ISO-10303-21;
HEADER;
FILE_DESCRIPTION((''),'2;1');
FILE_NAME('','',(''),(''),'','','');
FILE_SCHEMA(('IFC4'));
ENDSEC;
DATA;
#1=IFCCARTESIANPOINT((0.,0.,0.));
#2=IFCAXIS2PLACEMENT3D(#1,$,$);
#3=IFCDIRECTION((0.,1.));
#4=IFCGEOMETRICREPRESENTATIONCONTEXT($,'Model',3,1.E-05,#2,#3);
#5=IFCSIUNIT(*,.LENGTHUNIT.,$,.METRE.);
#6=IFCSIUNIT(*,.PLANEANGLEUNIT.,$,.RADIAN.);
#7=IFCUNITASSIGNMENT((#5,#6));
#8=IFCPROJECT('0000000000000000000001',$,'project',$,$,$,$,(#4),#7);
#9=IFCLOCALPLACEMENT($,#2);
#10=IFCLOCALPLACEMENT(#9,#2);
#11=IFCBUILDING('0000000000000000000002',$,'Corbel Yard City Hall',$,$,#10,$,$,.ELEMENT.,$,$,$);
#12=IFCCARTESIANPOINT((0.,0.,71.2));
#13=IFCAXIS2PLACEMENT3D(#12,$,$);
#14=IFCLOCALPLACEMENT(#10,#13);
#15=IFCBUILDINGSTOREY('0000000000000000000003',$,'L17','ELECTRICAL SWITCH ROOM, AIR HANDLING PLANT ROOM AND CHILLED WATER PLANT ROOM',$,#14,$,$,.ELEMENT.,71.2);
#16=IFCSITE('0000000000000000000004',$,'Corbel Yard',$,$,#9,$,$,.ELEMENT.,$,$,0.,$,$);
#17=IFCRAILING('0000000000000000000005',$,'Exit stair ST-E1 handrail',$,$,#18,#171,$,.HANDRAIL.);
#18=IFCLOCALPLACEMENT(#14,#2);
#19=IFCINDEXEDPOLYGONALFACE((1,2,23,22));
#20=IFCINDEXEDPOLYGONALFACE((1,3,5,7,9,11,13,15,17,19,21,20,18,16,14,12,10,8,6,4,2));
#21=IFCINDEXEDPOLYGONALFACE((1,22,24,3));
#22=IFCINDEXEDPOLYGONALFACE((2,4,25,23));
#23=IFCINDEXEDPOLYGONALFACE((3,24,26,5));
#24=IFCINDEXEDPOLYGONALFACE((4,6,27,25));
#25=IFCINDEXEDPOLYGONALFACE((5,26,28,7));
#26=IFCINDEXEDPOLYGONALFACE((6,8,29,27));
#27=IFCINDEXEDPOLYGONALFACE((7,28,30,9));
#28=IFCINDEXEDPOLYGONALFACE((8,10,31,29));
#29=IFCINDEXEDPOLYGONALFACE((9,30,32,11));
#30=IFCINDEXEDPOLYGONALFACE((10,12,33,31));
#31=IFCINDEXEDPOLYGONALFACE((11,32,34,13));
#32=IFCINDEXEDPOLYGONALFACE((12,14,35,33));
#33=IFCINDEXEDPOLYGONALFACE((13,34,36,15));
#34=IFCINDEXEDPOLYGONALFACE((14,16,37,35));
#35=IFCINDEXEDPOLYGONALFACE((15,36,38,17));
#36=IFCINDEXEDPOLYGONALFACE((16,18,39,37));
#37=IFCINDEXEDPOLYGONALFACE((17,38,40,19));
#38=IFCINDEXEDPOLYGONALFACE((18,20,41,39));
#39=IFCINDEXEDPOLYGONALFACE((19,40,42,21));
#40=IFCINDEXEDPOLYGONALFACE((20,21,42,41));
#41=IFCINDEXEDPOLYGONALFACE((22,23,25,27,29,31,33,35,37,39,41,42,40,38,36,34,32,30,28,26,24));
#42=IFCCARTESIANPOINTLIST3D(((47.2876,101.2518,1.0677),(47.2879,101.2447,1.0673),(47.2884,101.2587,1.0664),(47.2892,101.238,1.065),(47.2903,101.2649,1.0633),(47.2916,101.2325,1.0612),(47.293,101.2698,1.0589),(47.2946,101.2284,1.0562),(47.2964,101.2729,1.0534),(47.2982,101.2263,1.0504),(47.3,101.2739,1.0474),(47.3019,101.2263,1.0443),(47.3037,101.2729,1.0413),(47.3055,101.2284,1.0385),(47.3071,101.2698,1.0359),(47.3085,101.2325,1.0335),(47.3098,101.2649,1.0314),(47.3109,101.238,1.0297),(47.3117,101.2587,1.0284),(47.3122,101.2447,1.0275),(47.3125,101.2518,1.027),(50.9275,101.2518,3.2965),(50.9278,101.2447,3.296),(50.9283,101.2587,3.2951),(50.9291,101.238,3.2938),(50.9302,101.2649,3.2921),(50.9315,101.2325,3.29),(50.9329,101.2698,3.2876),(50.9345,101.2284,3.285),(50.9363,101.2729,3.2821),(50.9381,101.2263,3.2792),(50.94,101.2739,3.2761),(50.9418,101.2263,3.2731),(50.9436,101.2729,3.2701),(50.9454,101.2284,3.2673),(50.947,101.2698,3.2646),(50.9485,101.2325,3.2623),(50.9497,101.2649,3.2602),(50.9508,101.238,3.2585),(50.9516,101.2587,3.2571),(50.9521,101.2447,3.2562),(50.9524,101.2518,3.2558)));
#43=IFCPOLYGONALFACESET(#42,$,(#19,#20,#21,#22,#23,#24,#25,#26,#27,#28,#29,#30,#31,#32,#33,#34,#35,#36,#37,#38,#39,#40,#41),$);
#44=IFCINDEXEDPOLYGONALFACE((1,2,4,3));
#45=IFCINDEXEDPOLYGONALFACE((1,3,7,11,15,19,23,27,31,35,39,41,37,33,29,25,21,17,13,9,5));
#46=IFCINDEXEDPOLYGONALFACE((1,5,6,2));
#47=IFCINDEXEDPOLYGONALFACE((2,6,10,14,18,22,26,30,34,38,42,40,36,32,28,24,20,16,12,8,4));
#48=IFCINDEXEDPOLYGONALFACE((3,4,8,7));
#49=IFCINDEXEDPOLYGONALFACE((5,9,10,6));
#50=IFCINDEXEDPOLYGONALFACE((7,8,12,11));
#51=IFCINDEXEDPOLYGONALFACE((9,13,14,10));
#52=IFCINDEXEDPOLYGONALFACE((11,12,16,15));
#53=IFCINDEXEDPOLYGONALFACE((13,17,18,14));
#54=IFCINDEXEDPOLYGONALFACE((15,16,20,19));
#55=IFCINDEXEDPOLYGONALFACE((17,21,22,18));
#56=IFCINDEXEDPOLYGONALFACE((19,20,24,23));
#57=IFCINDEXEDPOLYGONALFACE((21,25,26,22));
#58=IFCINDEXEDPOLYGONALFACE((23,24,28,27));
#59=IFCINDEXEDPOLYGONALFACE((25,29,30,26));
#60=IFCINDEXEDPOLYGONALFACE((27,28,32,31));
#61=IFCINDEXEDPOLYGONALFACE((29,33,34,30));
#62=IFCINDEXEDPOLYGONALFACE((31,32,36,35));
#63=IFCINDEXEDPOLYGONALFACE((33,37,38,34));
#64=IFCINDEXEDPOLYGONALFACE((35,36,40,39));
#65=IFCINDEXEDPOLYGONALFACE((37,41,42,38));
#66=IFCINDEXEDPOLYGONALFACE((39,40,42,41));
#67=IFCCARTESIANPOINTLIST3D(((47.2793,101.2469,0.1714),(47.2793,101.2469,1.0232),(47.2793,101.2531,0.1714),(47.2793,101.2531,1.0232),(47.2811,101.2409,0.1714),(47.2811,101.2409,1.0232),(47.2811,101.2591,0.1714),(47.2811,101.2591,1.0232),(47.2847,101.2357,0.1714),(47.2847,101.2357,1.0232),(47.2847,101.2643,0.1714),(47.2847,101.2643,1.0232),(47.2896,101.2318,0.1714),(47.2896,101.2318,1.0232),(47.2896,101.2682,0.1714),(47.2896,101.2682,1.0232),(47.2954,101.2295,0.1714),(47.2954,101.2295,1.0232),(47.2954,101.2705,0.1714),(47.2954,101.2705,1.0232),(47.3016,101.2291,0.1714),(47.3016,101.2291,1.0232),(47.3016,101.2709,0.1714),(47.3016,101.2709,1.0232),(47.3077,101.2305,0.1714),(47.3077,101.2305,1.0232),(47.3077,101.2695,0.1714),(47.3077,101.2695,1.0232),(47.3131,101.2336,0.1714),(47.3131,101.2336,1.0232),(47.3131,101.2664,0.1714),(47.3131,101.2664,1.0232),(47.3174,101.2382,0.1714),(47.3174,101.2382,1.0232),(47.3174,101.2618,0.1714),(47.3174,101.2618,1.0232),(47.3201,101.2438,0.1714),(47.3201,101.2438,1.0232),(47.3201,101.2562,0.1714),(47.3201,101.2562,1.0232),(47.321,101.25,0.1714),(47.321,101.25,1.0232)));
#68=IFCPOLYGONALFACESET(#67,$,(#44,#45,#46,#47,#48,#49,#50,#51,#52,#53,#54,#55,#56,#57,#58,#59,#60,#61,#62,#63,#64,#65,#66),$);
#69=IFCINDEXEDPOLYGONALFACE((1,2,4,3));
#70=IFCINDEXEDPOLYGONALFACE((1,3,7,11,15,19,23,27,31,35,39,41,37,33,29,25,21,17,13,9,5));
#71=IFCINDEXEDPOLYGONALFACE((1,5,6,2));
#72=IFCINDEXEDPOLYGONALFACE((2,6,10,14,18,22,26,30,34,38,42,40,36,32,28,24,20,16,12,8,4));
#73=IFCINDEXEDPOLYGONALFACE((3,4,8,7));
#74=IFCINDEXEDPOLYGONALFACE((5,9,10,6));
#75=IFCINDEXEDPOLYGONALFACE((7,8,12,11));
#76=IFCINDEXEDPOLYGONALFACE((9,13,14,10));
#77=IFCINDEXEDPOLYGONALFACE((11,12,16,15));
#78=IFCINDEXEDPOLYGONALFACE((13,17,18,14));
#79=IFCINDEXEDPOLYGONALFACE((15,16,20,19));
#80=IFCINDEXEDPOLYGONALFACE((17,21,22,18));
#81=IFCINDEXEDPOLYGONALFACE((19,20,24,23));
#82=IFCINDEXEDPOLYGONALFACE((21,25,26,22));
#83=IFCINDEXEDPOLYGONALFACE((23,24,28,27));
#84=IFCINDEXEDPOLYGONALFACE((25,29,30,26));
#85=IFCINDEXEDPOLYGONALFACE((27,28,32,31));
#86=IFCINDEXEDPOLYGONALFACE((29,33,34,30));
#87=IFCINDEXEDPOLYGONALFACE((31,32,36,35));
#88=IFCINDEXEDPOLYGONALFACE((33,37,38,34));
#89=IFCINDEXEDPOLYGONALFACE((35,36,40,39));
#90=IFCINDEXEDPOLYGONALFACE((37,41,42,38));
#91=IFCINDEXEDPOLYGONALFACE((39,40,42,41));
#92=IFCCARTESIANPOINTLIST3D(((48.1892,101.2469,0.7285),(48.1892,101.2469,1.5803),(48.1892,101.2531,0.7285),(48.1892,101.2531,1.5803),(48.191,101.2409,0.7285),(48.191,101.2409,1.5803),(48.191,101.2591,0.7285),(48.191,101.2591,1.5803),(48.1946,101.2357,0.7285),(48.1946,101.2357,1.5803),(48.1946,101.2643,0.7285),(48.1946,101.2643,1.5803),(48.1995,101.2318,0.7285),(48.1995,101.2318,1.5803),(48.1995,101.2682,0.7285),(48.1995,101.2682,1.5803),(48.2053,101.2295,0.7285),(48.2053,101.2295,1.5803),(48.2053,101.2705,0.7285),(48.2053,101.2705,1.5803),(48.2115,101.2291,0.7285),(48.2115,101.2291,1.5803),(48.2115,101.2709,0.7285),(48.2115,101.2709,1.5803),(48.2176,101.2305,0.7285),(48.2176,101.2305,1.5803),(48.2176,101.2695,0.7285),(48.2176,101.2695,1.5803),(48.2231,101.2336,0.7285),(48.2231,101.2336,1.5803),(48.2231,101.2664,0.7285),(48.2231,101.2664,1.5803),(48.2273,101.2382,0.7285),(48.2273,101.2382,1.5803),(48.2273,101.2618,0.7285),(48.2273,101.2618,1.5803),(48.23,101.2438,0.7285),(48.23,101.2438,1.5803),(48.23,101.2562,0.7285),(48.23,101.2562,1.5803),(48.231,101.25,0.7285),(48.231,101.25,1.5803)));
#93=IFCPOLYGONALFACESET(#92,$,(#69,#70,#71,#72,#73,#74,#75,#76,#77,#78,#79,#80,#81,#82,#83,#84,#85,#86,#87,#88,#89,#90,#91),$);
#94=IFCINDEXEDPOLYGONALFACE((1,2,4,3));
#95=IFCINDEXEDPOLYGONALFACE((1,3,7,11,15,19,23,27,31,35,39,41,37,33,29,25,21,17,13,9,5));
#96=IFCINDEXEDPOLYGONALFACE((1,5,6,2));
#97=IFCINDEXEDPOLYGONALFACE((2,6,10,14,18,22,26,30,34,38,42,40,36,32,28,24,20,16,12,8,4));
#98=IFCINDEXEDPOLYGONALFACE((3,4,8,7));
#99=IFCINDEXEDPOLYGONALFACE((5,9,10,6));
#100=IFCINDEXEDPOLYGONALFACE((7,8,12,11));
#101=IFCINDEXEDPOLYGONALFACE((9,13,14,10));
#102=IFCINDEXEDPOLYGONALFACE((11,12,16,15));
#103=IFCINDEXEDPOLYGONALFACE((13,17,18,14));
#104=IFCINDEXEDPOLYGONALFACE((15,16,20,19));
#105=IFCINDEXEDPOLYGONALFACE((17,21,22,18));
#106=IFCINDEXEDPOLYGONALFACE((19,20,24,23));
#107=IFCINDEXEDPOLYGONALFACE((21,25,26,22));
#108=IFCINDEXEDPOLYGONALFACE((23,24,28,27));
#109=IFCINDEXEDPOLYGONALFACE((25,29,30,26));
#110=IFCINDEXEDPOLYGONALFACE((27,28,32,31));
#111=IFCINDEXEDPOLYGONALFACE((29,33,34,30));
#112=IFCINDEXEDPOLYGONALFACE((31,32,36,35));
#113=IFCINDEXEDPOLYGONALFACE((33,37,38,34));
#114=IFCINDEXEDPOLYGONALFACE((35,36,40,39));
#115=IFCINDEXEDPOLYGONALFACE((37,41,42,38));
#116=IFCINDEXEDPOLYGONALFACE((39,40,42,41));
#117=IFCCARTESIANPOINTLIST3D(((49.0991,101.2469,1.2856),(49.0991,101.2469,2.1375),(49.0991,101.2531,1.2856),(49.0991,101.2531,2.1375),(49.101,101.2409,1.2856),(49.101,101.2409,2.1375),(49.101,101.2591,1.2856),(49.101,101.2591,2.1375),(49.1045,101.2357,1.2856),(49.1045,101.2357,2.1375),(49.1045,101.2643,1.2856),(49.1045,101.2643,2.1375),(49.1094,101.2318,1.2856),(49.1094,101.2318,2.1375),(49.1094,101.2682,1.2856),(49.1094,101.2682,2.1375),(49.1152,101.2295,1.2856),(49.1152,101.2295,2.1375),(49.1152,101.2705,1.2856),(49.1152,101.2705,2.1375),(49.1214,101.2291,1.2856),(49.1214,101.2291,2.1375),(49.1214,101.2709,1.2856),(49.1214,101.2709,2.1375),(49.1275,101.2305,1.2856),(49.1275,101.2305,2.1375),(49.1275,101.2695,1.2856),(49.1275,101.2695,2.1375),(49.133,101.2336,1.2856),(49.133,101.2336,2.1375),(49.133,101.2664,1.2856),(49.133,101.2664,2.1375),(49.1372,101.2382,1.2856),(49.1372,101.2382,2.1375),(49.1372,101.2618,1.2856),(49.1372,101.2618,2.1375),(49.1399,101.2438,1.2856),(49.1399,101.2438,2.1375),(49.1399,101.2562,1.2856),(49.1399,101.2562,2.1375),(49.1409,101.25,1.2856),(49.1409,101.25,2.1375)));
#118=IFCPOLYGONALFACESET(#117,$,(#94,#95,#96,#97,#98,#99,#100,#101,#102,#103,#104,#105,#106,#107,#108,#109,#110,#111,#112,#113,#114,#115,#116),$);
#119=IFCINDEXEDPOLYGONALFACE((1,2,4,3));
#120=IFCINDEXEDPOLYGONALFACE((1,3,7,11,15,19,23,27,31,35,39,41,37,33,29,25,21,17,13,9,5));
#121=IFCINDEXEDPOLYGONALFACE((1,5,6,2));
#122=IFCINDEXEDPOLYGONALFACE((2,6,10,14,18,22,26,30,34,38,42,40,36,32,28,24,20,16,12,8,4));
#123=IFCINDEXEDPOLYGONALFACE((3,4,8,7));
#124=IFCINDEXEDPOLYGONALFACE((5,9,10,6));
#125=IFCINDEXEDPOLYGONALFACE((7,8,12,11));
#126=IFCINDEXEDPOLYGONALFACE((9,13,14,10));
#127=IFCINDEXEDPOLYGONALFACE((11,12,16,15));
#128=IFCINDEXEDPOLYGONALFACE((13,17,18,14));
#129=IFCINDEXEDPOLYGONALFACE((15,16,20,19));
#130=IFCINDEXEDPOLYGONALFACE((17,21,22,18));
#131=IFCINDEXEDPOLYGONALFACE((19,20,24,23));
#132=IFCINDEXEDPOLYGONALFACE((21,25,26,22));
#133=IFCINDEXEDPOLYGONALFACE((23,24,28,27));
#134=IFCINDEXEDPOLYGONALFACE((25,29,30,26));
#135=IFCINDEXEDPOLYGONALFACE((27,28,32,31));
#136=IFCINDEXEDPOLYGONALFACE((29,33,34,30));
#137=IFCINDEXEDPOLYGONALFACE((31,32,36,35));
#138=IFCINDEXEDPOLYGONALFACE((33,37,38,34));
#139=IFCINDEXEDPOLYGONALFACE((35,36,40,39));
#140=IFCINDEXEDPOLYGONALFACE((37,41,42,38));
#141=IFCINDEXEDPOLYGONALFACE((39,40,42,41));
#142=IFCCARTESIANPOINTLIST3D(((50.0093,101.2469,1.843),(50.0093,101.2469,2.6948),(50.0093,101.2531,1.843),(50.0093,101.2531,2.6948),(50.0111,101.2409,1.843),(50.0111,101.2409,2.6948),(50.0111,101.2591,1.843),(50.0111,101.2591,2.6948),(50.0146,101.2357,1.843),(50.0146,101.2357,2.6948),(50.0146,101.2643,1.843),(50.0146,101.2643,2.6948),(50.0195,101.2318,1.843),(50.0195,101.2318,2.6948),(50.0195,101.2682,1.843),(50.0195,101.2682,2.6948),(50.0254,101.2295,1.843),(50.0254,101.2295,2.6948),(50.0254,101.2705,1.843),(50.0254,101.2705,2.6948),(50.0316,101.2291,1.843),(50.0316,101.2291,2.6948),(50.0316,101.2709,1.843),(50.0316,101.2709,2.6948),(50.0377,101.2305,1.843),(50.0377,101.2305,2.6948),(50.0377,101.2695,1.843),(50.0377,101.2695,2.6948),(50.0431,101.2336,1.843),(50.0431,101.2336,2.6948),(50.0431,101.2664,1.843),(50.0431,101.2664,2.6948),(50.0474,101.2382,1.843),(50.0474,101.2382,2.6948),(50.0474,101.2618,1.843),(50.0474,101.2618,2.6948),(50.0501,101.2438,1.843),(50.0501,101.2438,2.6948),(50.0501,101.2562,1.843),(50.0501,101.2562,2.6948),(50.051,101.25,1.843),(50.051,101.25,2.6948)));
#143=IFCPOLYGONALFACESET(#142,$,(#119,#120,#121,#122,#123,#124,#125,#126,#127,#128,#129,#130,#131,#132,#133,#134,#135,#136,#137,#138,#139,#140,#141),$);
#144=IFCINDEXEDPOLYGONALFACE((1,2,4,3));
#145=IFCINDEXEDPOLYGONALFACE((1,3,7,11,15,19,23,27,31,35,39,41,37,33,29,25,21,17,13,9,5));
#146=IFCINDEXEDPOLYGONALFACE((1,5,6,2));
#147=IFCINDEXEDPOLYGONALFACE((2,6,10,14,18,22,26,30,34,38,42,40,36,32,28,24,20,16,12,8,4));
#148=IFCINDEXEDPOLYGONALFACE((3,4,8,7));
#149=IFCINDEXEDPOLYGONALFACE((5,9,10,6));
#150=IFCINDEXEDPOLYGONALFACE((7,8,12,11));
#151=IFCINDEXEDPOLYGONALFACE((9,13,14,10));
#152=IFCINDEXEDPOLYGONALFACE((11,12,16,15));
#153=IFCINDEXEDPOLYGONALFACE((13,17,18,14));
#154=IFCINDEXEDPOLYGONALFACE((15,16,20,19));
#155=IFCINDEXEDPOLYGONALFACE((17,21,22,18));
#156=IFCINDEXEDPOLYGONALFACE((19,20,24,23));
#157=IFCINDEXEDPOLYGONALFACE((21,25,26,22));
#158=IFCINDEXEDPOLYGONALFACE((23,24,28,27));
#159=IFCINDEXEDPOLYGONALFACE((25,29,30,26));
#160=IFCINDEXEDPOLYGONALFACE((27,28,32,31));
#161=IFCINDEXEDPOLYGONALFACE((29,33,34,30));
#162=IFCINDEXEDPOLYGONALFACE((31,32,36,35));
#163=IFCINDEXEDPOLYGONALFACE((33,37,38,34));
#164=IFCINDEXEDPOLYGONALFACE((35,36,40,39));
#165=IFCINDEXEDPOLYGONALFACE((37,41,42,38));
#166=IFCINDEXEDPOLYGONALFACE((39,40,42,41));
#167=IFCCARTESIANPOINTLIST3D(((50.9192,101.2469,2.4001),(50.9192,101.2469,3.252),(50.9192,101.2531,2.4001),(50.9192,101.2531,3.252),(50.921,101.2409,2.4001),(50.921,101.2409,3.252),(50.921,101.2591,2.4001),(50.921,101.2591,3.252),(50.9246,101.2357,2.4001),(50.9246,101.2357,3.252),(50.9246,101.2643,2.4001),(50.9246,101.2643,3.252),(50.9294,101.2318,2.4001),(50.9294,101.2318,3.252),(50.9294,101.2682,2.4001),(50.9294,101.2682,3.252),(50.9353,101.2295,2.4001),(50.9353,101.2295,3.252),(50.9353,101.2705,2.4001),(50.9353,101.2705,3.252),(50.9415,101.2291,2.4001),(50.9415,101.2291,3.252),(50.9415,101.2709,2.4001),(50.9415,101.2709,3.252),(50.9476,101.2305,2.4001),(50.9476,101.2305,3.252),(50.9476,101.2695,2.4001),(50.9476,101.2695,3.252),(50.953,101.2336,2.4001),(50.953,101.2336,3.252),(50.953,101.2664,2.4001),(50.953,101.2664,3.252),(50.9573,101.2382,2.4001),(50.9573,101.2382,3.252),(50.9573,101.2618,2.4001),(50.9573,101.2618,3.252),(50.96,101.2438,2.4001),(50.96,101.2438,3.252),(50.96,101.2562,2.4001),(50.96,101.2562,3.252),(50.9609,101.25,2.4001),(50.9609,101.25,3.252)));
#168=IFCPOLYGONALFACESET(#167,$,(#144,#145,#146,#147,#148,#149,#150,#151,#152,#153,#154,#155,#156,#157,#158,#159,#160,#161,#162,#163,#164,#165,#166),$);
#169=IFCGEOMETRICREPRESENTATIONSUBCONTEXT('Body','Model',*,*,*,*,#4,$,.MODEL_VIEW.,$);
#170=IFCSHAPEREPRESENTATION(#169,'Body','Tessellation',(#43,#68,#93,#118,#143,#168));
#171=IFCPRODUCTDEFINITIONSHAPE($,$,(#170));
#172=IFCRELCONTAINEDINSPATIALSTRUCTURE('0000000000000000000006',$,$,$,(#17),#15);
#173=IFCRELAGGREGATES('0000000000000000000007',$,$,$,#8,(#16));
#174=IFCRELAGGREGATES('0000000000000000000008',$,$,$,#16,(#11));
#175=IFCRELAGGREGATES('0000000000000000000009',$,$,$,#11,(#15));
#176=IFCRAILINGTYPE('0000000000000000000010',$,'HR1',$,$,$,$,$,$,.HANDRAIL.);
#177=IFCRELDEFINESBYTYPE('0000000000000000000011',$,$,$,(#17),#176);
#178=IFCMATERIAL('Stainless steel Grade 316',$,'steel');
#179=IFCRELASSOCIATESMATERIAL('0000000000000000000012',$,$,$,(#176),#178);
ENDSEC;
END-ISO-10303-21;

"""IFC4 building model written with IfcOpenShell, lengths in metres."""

from ifc_helpers import new_model, si_unit, direction, frame, origin, origin_2d, place, context, subcontext, project, spatial, circle, extrude, material, type_object, element, save


model = new_model("IFC4")

# Units and contexts
model_context = context("Model", 3, precision=1e-05, world=origin(), true_north=direction((0.0, 1.0)))
body_context = subcontext(model_context, "Body", "Model", "MODEL_VIEW")
ifc_project = project(units=[si_unit("LENGTHUNIT", "METRE"), si_unit("PLANEANGLEUNIT", "RADIAN")], contexts=[model_context])

# Site, building, storey
site_placement = place(None, origin())
site = spatial("IfcSite", under=ifc_project, at=site_placement, Name="Corbel Yard", CompositionType="ELEMENT", RefElevation=0.0)
building_placement = place(site_placement, origin())
building = spatial("IfcBuilding", under=site, at=building_placement, Name="Corbel Yard City Hall", CompositionType="ELEMENT")
storey_placement = place(building_placement, frame((0.0, 0.0, 71.2)))
storey = spatial("IfcBuildingStorey", under=building, at=storey_placement, Name="L17", Description="ELECTRICAL SWITCH ROOM, AIR HANDLING PLANT ROOM AND CHILLED WATER PLANT ROOM", CompositionType="ELEMENT", Elevation=71.2)

# Railing
ifc_material_1 = material(Name="Stainless steel Grade 316", Category="steel")
railing_type = type_object("IfcRailingType", Name="HR1", PredefinedType="HANDRAIL", material=ifc_material_1)
railing_1_placement = place(storey_placement, frame((47.3, 101.25, 0.1714)))
element("IfcRailing", 1, at=railing_1_placement, inside=storey, type_object=railing_type, Name="Exit stair ST-E1 handrail", PredefinedType="HANDRAIL", context=body_context, shape_type="SweptSolid", body=[
    extrude(circle(Radius=0.0239, at=origin_2d()), frame((0.0, 0.0, 0.876), z_axis=(0.852825, 0.0, 0.522197), x_axis=(0.0, 1.0, 0.0)), (0.0, 0.0, 1.0), 4.2681),
    extrude(circle(Radius=0.021, at=origin_2d()), origin(), (0.0, 0.0, 1.0), 0.8518),
    extrude(circle(Radius=0.021, at=origin_2d()), frame((0.9099, 0.0, 0.5571)), (0.0, 0.0, 1.0), 0.8518),
    extrude(circle(Radius=0.021, at=origin_2d()), frame((1.8198, 0.0, 1.1143)), (0.0, 0.0, 1.0), 0.8518),
    extrude(circle(Radius=0.021, at=origin_2d()), frame((2.73, 0.0, 1.6716)), (0.0, 0.0, 1.0), 0.8518),
    extrude(circle(Radius=0.021, at=origin_2d()), frame((3.6399, 0.0, 2.2288)), (0.0, 0.0, 1.0), 0.8518),
])

save(model, "model.ifc")
